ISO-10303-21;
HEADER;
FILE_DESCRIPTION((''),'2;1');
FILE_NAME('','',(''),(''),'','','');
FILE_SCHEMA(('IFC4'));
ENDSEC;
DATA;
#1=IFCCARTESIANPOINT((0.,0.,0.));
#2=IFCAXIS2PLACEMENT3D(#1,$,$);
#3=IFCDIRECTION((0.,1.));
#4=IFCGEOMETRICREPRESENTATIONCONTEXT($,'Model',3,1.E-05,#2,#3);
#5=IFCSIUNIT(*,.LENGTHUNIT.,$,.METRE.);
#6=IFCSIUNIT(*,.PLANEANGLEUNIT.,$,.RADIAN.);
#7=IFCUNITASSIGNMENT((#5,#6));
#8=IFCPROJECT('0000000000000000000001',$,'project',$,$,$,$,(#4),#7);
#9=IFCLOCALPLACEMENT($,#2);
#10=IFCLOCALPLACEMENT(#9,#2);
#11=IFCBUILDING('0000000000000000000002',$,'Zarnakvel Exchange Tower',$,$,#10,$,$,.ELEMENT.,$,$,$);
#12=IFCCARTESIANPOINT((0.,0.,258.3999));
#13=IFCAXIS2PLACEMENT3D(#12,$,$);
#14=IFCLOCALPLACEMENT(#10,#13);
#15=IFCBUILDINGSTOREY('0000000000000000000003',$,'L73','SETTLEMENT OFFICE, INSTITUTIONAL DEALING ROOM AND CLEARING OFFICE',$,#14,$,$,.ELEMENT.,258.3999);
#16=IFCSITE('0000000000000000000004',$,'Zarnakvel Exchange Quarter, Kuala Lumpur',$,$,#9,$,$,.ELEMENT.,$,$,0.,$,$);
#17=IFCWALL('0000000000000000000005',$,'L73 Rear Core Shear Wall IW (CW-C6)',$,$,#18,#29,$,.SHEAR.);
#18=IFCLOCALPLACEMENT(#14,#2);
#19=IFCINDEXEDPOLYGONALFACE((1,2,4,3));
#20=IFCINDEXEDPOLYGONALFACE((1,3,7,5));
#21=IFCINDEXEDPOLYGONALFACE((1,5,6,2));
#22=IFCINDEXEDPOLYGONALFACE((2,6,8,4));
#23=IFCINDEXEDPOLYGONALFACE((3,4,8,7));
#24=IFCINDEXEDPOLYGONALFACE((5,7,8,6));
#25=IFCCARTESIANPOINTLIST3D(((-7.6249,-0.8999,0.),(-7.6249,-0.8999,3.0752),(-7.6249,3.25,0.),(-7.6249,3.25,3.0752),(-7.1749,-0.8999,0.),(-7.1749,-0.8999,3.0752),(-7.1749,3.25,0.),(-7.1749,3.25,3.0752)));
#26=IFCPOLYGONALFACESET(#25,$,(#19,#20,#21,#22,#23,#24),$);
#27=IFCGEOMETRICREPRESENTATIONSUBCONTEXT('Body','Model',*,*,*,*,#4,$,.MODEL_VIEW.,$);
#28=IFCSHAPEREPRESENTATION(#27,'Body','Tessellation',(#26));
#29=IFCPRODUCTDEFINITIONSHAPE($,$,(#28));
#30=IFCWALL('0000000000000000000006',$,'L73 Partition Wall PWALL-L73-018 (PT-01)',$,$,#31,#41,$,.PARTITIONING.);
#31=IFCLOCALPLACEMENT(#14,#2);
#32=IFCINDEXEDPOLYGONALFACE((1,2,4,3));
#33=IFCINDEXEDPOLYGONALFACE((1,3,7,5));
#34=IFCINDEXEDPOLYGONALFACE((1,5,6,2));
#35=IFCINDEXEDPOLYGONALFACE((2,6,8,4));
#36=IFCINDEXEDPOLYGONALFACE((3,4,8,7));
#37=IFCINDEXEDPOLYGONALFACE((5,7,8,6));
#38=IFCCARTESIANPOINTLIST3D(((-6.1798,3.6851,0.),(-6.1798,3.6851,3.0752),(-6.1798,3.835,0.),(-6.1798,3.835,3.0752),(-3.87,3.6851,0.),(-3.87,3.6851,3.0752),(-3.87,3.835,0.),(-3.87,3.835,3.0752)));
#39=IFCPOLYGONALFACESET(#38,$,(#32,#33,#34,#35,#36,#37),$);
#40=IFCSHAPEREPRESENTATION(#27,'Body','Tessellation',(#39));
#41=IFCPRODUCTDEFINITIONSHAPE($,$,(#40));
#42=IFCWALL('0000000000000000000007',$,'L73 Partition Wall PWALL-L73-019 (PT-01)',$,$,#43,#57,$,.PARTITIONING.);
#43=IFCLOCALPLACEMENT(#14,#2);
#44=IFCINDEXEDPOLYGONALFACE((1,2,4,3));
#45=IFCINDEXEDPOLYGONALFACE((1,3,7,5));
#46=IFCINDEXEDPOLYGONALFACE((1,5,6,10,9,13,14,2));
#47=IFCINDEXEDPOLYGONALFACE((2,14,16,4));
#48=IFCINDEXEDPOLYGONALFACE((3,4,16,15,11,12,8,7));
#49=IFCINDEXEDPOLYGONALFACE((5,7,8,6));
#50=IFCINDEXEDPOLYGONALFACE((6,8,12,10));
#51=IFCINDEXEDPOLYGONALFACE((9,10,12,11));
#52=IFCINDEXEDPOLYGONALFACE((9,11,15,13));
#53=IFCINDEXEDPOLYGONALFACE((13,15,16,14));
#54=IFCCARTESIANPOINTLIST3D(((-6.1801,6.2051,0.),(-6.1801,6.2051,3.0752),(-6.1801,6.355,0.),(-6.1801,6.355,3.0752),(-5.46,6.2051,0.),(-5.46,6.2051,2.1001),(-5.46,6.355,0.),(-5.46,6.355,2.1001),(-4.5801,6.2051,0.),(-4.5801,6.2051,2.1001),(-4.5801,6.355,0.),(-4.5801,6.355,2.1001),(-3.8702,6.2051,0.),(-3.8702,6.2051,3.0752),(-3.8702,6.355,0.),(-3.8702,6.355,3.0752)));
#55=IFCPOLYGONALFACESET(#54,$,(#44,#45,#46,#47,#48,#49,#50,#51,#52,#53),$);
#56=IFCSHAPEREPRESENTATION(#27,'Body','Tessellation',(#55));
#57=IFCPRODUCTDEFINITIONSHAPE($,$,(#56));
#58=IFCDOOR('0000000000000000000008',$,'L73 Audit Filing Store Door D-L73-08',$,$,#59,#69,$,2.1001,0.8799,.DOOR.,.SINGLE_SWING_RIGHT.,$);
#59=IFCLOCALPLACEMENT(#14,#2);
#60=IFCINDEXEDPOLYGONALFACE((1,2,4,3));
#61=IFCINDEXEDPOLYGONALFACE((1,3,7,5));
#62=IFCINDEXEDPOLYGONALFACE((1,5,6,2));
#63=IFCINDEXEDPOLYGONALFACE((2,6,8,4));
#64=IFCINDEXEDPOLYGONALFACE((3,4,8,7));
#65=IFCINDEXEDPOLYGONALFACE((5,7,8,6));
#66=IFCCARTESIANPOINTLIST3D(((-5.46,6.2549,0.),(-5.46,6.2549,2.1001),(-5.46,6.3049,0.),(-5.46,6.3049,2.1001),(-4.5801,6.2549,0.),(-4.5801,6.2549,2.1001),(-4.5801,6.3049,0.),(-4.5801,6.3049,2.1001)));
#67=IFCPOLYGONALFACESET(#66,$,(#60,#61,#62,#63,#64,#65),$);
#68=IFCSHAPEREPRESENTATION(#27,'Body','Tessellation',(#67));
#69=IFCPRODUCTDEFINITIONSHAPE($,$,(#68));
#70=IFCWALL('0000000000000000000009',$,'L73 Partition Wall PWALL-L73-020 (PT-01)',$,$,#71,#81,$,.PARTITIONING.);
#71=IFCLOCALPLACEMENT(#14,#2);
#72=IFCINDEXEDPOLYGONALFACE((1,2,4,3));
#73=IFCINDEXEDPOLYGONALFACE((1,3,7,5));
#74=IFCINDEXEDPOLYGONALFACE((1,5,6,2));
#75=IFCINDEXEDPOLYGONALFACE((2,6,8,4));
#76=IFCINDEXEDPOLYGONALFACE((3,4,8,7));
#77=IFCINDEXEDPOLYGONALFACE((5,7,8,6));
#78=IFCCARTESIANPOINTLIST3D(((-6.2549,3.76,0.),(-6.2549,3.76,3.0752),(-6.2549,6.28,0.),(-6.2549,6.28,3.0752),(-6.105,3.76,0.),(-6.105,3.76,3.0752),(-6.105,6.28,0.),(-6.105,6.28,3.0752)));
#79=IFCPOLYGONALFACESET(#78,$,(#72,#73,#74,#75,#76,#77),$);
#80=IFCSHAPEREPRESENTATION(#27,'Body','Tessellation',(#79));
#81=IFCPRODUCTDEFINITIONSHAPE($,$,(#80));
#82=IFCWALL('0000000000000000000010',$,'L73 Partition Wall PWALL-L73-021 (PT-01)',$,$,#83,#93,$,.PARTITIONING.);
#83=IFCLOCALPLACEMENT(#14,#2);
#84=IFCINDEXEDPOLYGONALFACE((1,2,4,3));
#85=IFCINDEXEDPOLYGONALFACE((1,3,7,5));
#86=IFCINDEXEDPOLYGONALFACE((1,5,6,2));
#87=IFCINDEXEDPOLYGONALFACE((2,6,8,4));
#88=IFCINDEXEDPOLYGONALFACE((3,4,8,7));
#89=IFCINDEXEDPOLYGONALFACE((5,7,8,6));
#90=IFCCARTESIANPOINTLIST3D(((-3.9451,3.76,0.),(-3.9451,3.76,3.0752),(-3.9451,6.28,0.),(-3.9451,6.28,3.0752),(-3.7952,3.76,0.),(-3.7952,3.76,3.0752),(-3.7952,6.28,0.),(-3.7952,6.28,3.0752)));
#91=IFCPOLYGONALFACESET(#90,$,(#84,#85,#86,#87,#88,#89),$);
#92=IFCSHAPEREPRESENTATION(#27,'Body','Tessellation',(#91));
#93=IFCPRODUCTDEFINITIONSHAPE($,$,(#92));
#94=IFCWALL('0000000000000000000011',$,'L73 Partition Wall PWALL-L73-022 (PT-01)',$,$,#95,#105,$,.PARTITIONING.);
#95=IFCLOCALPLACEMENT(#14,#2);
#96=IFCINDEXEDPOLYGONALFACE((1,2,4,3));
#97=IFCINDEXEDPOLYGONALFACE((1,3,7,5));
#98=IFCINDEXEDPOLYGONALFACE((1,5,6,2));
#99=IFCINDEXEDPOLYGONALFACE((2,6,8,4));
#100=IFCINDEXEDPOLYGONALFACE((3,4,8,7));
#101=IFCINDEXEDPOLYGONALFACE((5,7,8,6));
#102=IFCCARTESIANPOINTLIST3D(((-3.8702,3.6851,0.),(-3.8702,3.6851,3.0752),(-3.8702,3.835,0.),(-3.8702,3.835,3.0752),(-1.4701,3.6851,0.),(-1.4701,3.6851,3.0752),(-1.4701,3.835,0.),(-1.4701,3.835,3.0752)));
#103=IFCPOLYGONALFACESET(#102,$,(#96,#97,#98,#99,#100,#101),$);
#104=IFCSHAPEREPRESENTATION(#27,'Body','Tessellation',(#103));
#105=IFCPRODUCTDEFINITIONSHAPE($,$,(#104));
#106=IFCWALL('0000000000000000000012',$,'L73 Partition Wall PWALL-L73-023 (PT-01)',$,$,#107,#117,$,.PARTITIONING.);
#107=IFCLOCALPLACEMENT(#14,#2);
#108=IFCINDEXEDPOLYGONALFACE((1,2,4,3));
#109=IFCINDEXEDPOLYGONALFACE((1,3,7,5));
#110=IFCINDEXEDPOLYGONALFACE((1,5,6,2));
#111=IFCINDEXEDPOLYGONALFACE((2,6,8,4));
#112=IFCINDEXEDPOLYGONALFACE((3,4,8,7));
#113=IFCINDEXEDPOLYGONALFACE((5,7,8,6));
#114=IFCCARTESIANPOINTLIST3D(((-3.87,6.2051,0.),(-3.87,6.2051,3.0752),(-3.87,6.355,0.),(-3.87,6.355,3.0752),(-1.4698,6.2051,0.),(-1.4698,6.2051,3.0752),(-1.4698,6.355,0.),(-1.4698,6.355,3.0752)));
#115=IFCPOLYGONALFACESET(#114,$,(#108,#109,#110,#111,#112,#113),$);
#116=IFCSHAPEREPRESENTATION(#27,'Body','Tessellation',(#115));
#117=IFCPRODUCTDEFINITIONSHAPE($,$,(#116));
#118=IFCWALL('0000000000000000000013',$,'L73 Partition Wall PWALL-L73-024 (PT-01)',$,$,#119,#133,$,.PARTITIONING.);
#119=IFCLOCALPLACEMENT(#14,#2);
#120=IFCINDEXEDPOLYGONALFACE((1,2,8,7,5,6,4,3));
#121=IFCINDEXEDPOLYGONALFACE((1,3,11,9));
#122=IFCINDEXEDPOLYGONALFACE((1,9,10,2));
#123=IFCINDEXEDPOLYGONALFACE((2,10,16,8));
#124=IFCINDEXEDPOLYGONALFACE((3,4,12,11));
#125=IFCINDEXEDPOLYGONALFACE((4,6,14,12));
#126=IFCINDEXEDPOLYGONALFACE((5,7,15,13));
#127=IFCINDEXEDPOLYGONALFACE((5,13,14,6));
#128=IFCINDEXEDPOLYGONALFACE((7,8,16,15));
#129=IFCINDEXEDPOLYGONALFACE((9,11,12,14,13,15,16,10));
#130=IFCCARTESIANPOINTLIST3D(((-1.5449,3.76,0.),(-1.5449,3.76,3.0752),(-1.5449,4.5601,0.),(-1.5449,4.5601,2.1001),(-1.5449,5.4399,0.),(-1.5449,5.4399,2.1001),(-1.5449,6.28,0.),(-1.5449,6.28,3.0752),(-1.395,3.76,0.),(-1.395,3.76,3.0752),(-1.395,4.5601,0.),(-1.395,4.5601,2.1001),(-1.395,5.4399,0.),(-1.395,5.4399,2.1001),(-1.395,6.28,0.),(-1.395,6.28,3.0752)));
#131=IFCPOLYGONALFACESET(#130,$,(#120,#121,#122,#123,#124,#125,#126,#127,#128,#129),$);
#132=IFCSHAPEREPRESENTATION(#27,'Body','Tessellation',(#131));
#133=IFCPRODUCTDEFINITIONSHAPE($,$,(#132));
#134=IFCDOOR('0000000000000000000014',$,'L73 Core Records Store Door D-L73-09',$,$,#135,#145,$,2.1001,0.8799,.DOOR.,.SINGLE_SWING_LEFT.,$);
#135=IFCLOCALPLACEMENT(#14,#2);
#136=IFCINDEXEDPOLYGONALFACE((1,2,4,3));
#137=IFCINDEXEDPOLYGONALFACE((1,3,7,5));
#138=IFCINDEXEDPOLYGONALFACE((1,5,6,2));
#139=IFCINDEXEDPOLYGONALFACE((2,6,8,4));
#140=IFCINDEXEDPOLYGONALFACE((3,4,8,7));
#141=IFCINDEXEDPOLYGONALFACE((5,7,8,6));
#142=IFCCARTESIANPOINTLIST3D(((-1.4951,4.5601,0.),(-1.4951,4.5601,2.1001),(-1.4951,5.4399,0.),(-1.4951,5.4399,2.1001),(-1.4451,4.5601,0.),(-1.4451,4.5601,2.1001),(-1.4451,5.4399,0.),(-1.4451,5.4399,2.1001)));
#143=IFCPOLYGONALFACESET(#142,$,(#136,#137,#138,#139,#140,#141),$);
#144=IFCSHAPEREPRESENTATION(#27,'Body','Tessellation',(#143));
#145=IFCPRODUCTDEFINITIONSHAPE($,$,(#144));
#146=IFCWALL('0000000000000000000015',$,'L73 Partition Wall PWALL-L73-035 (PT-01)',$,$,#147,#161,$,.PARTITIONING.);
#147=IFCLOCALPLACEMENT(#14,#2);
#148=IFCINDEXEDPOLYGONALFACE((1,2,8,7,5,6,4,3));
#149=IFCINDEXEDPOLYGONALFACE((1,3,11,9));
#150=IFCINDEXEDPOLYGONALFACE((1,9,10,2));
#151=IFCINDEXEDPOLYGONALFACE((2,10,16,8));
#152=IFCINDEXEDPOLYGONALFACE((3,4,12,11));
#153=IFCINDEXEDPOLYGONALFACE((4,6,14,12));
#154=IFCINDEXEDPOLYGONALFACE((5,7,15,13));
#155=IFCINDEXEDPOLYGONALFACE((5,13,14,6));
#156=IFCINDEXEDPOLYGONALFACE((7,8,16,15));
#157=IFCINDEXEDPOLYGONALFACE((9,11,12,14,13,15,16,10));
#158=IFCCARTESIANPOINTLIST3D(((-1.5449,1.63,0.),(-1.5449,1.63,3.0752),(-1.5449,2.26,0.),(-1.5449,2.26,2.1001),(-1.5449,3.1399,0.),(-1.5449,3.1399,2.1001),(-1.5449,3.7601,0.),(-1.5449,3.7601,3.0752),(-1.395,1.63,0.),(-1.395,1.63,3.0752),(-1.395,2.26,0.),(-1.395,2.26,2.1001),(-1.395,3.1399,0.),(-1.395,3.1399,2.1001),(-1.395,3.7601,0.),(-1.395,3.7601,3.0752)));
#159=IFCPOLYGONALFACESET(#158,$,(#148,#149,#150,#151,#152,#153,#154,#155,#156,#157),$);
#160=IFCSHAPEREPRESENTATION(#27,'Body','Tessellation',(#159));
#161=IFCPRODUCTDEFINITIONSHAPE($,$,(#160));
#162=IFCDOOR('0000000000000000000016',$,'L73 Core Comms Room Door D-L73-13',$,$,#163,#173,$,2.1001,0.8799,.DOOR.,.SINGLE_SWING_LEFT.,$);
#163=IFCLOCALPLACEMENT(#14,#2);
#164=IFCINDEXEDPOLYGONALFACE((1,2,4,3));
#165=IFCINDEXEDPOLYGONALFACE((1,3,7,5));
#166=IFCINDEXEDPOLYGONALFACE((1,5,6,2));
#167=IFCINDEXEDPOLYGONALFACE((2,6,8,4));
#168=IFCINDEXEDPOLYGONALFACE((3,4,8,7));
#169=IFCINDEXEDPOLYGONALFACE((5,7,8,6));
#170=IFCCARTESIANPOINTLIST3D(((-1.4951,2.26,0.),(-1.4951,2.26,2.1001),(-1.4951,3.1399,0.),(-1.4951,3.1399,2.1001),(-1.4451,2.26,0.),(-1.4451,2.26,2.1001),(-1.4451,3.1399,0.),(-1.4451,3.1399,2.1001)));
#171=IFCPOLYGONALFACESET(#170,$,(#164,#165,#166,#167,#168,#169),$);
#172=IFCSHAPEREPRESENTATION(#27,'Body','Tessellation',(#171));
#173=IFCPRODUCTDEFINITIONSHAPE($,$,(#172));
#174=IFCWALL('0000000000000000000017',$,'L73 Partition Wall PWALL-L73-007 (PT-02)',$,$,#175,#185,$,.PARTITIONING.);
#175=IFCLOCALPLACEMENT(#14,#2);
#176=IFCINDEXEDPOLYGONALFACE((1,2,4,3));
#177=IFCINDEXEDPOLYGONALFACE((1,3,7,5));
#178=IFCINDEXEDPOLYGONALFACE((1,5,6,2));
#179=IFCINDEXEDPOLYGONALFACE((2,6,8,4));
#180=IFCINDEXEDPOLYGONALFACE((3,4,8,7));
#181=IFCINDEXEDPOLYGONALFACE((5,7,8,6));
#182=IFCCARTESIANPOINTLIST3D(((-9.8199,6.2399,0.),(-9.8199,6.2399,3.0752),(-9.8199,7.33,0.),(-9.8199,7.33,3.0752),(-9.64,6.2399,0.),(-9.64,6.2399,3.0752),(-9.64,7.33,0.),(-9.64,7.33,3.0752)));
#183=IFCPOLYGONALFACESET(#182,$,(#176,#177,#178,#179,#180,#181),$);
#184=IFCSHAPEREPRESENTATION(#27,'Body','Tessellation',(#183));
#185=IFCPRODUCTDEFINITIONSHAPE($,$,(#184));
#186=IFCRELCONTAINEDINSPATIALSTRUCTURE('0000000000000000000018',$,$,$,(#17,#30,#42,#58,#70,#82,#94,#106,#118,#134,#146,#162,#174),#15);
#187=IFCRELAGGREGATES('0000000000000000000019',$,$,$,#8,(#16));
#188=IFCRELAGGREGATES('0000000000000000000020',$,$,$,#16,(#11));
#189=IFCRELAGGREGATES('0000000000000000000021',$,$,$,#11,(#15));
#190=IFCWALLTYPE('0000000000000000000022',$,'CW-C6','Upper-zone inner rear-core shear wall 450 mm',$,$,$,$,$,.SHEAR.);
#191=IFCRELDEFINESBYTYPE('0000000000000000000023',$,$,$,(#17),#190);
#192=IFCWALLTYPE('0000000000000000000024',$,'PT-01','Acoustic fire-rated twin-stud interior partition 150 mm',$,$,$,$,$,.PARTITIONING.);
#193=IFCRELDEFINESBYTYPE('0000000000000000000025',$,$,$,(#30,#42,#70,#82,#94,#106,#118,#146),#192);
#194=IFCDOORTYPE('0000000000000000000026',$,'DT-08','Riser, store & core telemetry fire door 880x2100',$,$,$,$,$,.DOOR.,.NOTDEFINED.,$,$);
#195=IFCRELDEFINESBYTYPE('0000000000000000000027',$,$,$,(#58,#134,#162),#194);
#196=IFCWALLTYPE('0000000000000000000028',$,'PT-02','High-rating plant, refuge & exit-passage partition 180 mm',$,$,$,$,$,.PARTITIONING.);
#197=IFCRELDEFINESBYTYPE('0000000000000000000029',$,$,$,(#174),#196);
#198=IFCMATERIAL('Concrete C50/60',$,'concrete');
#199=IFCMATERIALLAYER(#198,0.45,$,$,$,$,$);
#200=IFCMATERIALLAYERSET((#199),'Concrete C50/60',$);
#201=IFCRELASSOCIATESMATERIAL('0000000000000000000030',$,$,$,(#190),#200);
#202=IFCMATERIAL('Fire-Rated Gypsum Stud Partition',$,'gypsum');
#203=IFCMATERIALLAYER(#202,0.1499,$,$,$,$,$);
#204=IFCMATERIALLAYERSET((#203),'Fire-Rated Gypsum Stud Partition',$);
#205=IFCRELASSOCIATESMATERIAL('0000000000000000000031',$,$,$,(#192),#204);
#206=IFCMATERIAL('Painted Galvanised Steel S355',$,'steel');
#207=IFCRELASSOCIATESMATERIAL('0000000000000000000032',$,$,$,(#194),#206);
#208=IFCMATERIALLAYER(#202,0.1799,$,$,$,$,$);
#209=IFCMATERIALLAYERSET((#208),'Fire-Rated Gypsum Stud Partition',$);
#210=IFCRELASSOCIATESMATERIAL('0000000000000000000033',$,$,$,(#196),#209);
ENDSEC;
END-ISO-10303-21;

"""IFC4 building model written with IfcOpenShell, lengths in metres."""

from ifc_helpers import new_model, si_unit, direction, frame, frame_2d, origin, place, context, subcontext, project, spatial, rectangle, extrude, source, transform, mapped, material, layer, layer_set, type_object, element, fill, save


model = new_model("IFC4")

# Units and contexts
model_context = context("Model", 3, precision=1e-05, world=origin(), true_north=direction((0.0, 1.0)))
body_context = subcontext(model_context, "Body", "Model", "MODEL_VIEW")
ifc_project = project(units=[si_unit("LENGTHUNIT", "METRE"), si_unit("PLANEANGLEUNIT", "RADIAN")], contexts=[model_context])

# Site, building, storey
site_placement = place(None, origin())
site = spatial("IfcSite", under=ifc_project, at=site_placement, Name="Zarnakvel Exchange Quarter, Kuala Lumpur", CompositionType="ELEMENT", RefElevation=0.0)
building_placement = place(site_placement, origin())
building = spatial("IfcBuilding", under=site, at=building_placement, Name="Zarnakvel Exchange Tower", CompositionType="ELEMENT")
storey_placement = place(building_placement, frame((0.0, 0.0, 258.3999)))
storey = spatial("IfcBuildingStorey", under=building, at=storey_placement, Name="L73", Description="SETTLEMENT OFFICE, INSTITUTIONAL DEALING ROOM AND CLEARING OFFICE", CompositionType="ELEMENT", Elevation=258.3999)

# Walls
ifc_material_1 = material(Name="Concrete C50/60", Category="concrete")
ifc_layer_1 = layer(ifc_material_1, 0.45)
ifc_layer_set_1 = layer_set([ifc_layer_1], Name="Concrete C50/60")
wall_type_1 = type_object("IfcWallType", Name="CW-C6", Description="Upper-zone inner rear-core shear wall 450 mm", PredefinedType="SHEAR", material=ifc_layer_set_1)
wall_1_placement = place(storey_placement, frame((-7.3999, -0.8999, 0.0), z_axis=(0.0, 0.0, 1.0), x_axis=(0.0, 1.0, 0.0)))
element("IfcWall", 1, at=wall_1_placement, inside=storey, type_object=wall_type_1, Name="L73 Rear Core Shear Wall IW (CW-C6)", PredefinedType="SHEAR", context=body_context, shape_type="SweptSolid", body=[
    extrude(rectangle(XDim=4.1499, YDim=0.45, at=frame_2d((2.075, 0.0))), origin(), (0.0, 0.0, 1.0), 3.0752),
])
ifc_material_2 = material(Name="Fire-Rated Gypsum Stud Partition", Category="gypsum")
ifc_layer_2 = layer(ifc_material_2, 0.1499)
ifc_layer_set_2 = layer_set([ifc_layer_2], Name="Fire-Rated Gypsum Stud Partition")
wall_type_2 = type_object("IfcWallType", Name="PT-01", Description="Acoustic fire-rated twin-stud interior partition 150 mm", PredefinedType="PARTITIONING", material=ifc_layer_set_2)
wall_2_placement = place(storey_placement, frame((-3.8701, 3.76, 0.0), z_axis=(0.0, 0.0, 1.0), x_axis=(-1.0, 0.0, 0.0)))
element("IfcWall", 2, at=wall_2_placement, inside=storey, type_object=wall_type_2, Name="L73 Partition Wall PWALL-L73-018 (PT-01)", PredefinedType="PARTITIONING", context=body_context, shape_type="SweptSolid", body=[
    extrude(rectangle(XDim=2.3098, YDim=0.1499, at=frame_2d((1.1548, 0.0))), origin(), (0.0, 0.0, 1.0), 3.0752),
])

# Wall, opening, door
wall_3_placement = place(storey_placement, frame((-6.1799, 6.28, 0.0), z_axis=(0.0, 0.0, 1.0), x_axis=(1.0, 0.0, 0.0)))
wall_3 = element("IfcWall", 3, at=wall_3_placement, inside=storey, type_object=wall_type_2, Name="L73 Partition Wall PWALL-L73-019 (PT-01)", PredefinedType="PARTITIONING", context=body_context, shape_type="SweptSolid", body=[
    extrude(rectangle(XDim=2.3098, YDim=0.1499, at=frame_2d((1.1548, 0.0))), origin(), (0.0, 0.0, 1.0), 3.0752),
])
opening_1_placement = place(wall_3_placement, frame((0.72, 0.0, 0.0)))
opening_1 = element("IfcOpeningElement", 4, at=opening_1_placement, cuts=wall_3, PredefinedType="OPENING", context=body_context, shape_type="SweptSolid", body=[
    extrude(rectangle(XDim=0.8799, YDim=2.1001, at=frame_2d((0.4399, 1.05))), frame((0.0, 0.085, 0.0), z_axis=(0.0, -1.0, 0.0), x_axis=(1.0, 0.0, 0.0)), (0.0, 0.0, 1.0), 0.1699),
])
ifc_material_3 = material(Name="Painted Galvanised Steel S355", Category="steel")
door_type_1 = type_object("IfcDoorType", Name="DT-08", Description="Riser, store & core telemetry fire door 880x2100", OperationType="NOTDEFINED", PredefinedType="DOOR", material=ifc_material_3)
shared_shape_1 = source(origin(), body_context, "Body", "SweptSolid", [
    extrude(rectangle(XDim=0.8799, YDim=2.1001, at=frame_2d((0.4399, 1.05))), frame((0.0, 0.0249, 0.0), z_axis=(0.0, -1.0, 0.0), x_axis=(1.0, 0.0, 0.0)), (0.0, 0.0, 1.0), 0.05),
])
door_1_placement = place(opening_1_placement, origin())
door_1 = element("IfcDoor", 5, at=door_1_placement, inside=storey, type_object=door_type_1, Name="L73 Audit Filing Store Door D-L73-08", OperationType="SINGLE_SWING_RIGHT", OverallHeight=2.1001, OverallWidth=0.8799, PredefinedType="DOOR", context=body_context, shape_type="MappedRepresentation", body=[
    mapped(shared_shape_1, transform((0.0, 0.0, 0.0), x_axis=(1.0, 0.0, 0.0), y_axis=(0.0, 1.0, 0.0), z_axis=(0.0, 0.0, 1.0), scale=1.0)),
])
fill(opening_1, door_1)

# Walls
for number, where, z_axis, x_axis, name in (
    (6, (-6.1799, 3.76, 0.0), (0.0, 0.0, 1.0), (0.0, 1.0, 0.0), "L73 Partition Wall PWALL-L73-020 (PT-01)"),
    (7, (-3.8701, 6.28, 0.0), (0.0, 0.0, 1.0), (0.0, -1.0, 0.0), "L73 Partition Wall PWALL-L73-021 (PT-01)"),
):
    element("IfcWall", number, at=place(storey_placement, frame(where, z_axis=z_axis, x_axis=x_axis)), inside=storey, type_object=wall_type_2, Name=name, PredefinedType="PARTITIONING", context=body_context, shape_type="SweptSolid", body=[
        extrude(rectangle(XDim=2.52, YDim=0.1499, at=frame_2d((1.26, 0.0))), origin(), (0.0, 0.0, 1.0), 3.0752),
    ])
for number, where, z_axis, x_axis, name in (
    (8, (-1.47, 3.76, 0.0), (0.0, 0.0, 1.0), (-1.0, 0.0, 0.0), "L73 Partition Wall PWALL-L73-022 (PT-01)"),
    (9, (-3.8701, 6.28, 0.0), (0.0, 0.0, 1.0), (1.0, 0.0, 0.0), "L73 Partition Wall PWALL-L73-023 (PT-01)"),
):
    element("IfcWall", number, at=place(storey_placement, frame(where, z_axis=z_axis, x_axis=x_axis)), inside=storey, type_object=wall_type_2, Name=name, PredefinedType="PARTITIONING", context=body_context, shape_type="SweptSolid", body=[
        extrude(rectangle(XDim=2.4001, YDim=0.1499, at=frame_2d((1.2002, 0.0))), origin(), (0.0, 0.0, 1.0), 3.0752),
    ])

# Walls, openings, doors
wall_4_placement = place(storey_placement, frame((-1.47, 6.28, 0.0), z_axis=(0.0, 0.0, 1.0), x_axis=(0.0, -1.0, 0.0)))
wall_4 = element("IfcWall", 10, at=wall_4_placement, inside=storey, type_object=wall_type_2, Name="L73 Partition Wall PWALL-L73-024 (PT-01)", PredefinedType="PARTITIONING", context=body_context, shape_type="SweptSolid", body=[
    extrude(rectangle(XDim=2.52, YDim=0.1499, at=frame_2d((1.26, 0.0))), origin(), (0.0, 0.0, 1.0), 3.0752),
])
opening_2_placement = place(wall_4_placement, frame((0.8401, 0.0, 0.0)))
opening_2 = element("IfcOpeningElement", 11, at=opening_2_placement, cuts=wall_4, PredefinedType="OPENING", context=body_context, shape_type="SweptSolid", body=[
    extrude(rectangle(XDim=0.8799, YDim=2.1001, at=frame_2d((0.4399, 1.05))), frame((0.0, 0.085, 0.0), z_axis=(0.0, -1.0, 0.0), x_axis=(1.0, 0.0, 0.0)), (0.0, 0.0, 1.0), 0.1699),
])
door_2_placement = place(opening_2_placement, origin())
door_2 = element("IfcDoor", 12, at=door_2_placement, inside=storey, type_object=door_type_1, Name="L73 Core Records Store Door D-L73-09", OperationType="SINGLE_SWING_LEFT", OverallHeight=2.1001, OverallWidth=0.8799, PredefinedType="DOOR", context=body_context, shape_type="MappedRepresentation", body=[
    mapped(shared_shape_1, transform((0.0, 0.0, 0.0), x_axis=(1.0, 0.0, 0.0), y_axis=(0.0, 1.0, 0.0), z_axis=(0.0, 0.0, 1.0), scale=1.0)),
])
fill(opening_2, door_2)
wall_5_placement = place(storey_placement, frame((-1.47, 3.76, 0.0), z_axis=(0.0, 0.0, 1.0), x_axis=(0.0, -1.0, 0.0)))
wall_5 = element("IfcWall", 13, at=wall_5_placement, inside=storey, type_object=wall_type_2, Name="L73 Partition Wall PWALL-L73-035 (PT-01)", PredefinedType="PARTITIONING", context=body_context, shape_type="SweptSolid", body=[
    extrude(rectangle(XDim=2.1301, YDim=0.1499, at=frame_2d((1.0649, 0.0))), origin(), (0.0, 0.0, 1.0), 3.0752),
])
opening_3_placement = place(wall_5_placement, frame((0.6201, 0.0, 0.0)))
opening_3 = element("IfcOpeningElement", 14, at=opening_3_placement, cuts=wall_5, PredefinedType="OPENING", context=body_context, shape_type="SweptSolid", body=[
    extrude(rectangle(XDim=0.8799, YDim=2.1001, at=frame_2d((0.4399, 1.05))), frame((0.0, 0.085, 0.0), z_axis=(0.0, -1.0, 0.0), x_axis=(1.0, 0.0, 0.0)), (0.0, 0.0, 1.0), 0.1699),
])
door_3_placement = place(opening_3_placement, origin())
door_3 = element("IfcDoor", 15, at=door_3_placement, inside=storey, type_object=door_type_1, Name="L73 Core Comms Room Door D-L73-13", OperationType="SINGLE_SWING_LEFT", OverallHeight=2.1001, OverallWidth=0.8799, PredefinedType="DOOR", context=body_context, shape_type="MappedRepresentation", body=[
    mapped(shared_shape_1, transform((0.0, 0.0, 0.0), x_axis=(1.0, 0.0, 0.0), y_axis=(0.0, 1.0, 0.0), z_axis=(0.0, 0.0, 1.0), scale=1.0)),
])
fill(opening_3, door_3)

# Wall
ifc_layer_3 = layer(ifc_material_2, 0.1799)
ifc_layer_set_3 = layer_set([ifc_layer_3], Name="Fire-Rated Gypsum Stud Partition")
wall_type_3 = type_object("IfcWallType", Name="PT-02", Description="High-rating plant, refuge & exit-passage partition 180 mm", PredefinedType="PARTITIONING", material=ifc_layer_set_3)
wall_6_placement = place(storey_placement, frame((-9.73, 6.24, 0.0), z_axis=(0.0, 0.0, 1.0), x_axis=(0.0, 1.0, 0.0)))
element("IfcWall", 16, at=wall_6_placement, inside=storey, type_object=wall_type_3, Name="L73 Partition Wall PWALL-L73-007 (PT-02)", PredefinedType="PARTITIONING", context=body_context, shape_type="SweptSolid", body=[
    extrude(rectangle(XDim=1.0901, YDim=0.1799, at=frame_2d((0.5449, 0.0))), origin(), (0.0, 0.0, 1.0), 3.0752),
])

save(model, "model.ifc")
